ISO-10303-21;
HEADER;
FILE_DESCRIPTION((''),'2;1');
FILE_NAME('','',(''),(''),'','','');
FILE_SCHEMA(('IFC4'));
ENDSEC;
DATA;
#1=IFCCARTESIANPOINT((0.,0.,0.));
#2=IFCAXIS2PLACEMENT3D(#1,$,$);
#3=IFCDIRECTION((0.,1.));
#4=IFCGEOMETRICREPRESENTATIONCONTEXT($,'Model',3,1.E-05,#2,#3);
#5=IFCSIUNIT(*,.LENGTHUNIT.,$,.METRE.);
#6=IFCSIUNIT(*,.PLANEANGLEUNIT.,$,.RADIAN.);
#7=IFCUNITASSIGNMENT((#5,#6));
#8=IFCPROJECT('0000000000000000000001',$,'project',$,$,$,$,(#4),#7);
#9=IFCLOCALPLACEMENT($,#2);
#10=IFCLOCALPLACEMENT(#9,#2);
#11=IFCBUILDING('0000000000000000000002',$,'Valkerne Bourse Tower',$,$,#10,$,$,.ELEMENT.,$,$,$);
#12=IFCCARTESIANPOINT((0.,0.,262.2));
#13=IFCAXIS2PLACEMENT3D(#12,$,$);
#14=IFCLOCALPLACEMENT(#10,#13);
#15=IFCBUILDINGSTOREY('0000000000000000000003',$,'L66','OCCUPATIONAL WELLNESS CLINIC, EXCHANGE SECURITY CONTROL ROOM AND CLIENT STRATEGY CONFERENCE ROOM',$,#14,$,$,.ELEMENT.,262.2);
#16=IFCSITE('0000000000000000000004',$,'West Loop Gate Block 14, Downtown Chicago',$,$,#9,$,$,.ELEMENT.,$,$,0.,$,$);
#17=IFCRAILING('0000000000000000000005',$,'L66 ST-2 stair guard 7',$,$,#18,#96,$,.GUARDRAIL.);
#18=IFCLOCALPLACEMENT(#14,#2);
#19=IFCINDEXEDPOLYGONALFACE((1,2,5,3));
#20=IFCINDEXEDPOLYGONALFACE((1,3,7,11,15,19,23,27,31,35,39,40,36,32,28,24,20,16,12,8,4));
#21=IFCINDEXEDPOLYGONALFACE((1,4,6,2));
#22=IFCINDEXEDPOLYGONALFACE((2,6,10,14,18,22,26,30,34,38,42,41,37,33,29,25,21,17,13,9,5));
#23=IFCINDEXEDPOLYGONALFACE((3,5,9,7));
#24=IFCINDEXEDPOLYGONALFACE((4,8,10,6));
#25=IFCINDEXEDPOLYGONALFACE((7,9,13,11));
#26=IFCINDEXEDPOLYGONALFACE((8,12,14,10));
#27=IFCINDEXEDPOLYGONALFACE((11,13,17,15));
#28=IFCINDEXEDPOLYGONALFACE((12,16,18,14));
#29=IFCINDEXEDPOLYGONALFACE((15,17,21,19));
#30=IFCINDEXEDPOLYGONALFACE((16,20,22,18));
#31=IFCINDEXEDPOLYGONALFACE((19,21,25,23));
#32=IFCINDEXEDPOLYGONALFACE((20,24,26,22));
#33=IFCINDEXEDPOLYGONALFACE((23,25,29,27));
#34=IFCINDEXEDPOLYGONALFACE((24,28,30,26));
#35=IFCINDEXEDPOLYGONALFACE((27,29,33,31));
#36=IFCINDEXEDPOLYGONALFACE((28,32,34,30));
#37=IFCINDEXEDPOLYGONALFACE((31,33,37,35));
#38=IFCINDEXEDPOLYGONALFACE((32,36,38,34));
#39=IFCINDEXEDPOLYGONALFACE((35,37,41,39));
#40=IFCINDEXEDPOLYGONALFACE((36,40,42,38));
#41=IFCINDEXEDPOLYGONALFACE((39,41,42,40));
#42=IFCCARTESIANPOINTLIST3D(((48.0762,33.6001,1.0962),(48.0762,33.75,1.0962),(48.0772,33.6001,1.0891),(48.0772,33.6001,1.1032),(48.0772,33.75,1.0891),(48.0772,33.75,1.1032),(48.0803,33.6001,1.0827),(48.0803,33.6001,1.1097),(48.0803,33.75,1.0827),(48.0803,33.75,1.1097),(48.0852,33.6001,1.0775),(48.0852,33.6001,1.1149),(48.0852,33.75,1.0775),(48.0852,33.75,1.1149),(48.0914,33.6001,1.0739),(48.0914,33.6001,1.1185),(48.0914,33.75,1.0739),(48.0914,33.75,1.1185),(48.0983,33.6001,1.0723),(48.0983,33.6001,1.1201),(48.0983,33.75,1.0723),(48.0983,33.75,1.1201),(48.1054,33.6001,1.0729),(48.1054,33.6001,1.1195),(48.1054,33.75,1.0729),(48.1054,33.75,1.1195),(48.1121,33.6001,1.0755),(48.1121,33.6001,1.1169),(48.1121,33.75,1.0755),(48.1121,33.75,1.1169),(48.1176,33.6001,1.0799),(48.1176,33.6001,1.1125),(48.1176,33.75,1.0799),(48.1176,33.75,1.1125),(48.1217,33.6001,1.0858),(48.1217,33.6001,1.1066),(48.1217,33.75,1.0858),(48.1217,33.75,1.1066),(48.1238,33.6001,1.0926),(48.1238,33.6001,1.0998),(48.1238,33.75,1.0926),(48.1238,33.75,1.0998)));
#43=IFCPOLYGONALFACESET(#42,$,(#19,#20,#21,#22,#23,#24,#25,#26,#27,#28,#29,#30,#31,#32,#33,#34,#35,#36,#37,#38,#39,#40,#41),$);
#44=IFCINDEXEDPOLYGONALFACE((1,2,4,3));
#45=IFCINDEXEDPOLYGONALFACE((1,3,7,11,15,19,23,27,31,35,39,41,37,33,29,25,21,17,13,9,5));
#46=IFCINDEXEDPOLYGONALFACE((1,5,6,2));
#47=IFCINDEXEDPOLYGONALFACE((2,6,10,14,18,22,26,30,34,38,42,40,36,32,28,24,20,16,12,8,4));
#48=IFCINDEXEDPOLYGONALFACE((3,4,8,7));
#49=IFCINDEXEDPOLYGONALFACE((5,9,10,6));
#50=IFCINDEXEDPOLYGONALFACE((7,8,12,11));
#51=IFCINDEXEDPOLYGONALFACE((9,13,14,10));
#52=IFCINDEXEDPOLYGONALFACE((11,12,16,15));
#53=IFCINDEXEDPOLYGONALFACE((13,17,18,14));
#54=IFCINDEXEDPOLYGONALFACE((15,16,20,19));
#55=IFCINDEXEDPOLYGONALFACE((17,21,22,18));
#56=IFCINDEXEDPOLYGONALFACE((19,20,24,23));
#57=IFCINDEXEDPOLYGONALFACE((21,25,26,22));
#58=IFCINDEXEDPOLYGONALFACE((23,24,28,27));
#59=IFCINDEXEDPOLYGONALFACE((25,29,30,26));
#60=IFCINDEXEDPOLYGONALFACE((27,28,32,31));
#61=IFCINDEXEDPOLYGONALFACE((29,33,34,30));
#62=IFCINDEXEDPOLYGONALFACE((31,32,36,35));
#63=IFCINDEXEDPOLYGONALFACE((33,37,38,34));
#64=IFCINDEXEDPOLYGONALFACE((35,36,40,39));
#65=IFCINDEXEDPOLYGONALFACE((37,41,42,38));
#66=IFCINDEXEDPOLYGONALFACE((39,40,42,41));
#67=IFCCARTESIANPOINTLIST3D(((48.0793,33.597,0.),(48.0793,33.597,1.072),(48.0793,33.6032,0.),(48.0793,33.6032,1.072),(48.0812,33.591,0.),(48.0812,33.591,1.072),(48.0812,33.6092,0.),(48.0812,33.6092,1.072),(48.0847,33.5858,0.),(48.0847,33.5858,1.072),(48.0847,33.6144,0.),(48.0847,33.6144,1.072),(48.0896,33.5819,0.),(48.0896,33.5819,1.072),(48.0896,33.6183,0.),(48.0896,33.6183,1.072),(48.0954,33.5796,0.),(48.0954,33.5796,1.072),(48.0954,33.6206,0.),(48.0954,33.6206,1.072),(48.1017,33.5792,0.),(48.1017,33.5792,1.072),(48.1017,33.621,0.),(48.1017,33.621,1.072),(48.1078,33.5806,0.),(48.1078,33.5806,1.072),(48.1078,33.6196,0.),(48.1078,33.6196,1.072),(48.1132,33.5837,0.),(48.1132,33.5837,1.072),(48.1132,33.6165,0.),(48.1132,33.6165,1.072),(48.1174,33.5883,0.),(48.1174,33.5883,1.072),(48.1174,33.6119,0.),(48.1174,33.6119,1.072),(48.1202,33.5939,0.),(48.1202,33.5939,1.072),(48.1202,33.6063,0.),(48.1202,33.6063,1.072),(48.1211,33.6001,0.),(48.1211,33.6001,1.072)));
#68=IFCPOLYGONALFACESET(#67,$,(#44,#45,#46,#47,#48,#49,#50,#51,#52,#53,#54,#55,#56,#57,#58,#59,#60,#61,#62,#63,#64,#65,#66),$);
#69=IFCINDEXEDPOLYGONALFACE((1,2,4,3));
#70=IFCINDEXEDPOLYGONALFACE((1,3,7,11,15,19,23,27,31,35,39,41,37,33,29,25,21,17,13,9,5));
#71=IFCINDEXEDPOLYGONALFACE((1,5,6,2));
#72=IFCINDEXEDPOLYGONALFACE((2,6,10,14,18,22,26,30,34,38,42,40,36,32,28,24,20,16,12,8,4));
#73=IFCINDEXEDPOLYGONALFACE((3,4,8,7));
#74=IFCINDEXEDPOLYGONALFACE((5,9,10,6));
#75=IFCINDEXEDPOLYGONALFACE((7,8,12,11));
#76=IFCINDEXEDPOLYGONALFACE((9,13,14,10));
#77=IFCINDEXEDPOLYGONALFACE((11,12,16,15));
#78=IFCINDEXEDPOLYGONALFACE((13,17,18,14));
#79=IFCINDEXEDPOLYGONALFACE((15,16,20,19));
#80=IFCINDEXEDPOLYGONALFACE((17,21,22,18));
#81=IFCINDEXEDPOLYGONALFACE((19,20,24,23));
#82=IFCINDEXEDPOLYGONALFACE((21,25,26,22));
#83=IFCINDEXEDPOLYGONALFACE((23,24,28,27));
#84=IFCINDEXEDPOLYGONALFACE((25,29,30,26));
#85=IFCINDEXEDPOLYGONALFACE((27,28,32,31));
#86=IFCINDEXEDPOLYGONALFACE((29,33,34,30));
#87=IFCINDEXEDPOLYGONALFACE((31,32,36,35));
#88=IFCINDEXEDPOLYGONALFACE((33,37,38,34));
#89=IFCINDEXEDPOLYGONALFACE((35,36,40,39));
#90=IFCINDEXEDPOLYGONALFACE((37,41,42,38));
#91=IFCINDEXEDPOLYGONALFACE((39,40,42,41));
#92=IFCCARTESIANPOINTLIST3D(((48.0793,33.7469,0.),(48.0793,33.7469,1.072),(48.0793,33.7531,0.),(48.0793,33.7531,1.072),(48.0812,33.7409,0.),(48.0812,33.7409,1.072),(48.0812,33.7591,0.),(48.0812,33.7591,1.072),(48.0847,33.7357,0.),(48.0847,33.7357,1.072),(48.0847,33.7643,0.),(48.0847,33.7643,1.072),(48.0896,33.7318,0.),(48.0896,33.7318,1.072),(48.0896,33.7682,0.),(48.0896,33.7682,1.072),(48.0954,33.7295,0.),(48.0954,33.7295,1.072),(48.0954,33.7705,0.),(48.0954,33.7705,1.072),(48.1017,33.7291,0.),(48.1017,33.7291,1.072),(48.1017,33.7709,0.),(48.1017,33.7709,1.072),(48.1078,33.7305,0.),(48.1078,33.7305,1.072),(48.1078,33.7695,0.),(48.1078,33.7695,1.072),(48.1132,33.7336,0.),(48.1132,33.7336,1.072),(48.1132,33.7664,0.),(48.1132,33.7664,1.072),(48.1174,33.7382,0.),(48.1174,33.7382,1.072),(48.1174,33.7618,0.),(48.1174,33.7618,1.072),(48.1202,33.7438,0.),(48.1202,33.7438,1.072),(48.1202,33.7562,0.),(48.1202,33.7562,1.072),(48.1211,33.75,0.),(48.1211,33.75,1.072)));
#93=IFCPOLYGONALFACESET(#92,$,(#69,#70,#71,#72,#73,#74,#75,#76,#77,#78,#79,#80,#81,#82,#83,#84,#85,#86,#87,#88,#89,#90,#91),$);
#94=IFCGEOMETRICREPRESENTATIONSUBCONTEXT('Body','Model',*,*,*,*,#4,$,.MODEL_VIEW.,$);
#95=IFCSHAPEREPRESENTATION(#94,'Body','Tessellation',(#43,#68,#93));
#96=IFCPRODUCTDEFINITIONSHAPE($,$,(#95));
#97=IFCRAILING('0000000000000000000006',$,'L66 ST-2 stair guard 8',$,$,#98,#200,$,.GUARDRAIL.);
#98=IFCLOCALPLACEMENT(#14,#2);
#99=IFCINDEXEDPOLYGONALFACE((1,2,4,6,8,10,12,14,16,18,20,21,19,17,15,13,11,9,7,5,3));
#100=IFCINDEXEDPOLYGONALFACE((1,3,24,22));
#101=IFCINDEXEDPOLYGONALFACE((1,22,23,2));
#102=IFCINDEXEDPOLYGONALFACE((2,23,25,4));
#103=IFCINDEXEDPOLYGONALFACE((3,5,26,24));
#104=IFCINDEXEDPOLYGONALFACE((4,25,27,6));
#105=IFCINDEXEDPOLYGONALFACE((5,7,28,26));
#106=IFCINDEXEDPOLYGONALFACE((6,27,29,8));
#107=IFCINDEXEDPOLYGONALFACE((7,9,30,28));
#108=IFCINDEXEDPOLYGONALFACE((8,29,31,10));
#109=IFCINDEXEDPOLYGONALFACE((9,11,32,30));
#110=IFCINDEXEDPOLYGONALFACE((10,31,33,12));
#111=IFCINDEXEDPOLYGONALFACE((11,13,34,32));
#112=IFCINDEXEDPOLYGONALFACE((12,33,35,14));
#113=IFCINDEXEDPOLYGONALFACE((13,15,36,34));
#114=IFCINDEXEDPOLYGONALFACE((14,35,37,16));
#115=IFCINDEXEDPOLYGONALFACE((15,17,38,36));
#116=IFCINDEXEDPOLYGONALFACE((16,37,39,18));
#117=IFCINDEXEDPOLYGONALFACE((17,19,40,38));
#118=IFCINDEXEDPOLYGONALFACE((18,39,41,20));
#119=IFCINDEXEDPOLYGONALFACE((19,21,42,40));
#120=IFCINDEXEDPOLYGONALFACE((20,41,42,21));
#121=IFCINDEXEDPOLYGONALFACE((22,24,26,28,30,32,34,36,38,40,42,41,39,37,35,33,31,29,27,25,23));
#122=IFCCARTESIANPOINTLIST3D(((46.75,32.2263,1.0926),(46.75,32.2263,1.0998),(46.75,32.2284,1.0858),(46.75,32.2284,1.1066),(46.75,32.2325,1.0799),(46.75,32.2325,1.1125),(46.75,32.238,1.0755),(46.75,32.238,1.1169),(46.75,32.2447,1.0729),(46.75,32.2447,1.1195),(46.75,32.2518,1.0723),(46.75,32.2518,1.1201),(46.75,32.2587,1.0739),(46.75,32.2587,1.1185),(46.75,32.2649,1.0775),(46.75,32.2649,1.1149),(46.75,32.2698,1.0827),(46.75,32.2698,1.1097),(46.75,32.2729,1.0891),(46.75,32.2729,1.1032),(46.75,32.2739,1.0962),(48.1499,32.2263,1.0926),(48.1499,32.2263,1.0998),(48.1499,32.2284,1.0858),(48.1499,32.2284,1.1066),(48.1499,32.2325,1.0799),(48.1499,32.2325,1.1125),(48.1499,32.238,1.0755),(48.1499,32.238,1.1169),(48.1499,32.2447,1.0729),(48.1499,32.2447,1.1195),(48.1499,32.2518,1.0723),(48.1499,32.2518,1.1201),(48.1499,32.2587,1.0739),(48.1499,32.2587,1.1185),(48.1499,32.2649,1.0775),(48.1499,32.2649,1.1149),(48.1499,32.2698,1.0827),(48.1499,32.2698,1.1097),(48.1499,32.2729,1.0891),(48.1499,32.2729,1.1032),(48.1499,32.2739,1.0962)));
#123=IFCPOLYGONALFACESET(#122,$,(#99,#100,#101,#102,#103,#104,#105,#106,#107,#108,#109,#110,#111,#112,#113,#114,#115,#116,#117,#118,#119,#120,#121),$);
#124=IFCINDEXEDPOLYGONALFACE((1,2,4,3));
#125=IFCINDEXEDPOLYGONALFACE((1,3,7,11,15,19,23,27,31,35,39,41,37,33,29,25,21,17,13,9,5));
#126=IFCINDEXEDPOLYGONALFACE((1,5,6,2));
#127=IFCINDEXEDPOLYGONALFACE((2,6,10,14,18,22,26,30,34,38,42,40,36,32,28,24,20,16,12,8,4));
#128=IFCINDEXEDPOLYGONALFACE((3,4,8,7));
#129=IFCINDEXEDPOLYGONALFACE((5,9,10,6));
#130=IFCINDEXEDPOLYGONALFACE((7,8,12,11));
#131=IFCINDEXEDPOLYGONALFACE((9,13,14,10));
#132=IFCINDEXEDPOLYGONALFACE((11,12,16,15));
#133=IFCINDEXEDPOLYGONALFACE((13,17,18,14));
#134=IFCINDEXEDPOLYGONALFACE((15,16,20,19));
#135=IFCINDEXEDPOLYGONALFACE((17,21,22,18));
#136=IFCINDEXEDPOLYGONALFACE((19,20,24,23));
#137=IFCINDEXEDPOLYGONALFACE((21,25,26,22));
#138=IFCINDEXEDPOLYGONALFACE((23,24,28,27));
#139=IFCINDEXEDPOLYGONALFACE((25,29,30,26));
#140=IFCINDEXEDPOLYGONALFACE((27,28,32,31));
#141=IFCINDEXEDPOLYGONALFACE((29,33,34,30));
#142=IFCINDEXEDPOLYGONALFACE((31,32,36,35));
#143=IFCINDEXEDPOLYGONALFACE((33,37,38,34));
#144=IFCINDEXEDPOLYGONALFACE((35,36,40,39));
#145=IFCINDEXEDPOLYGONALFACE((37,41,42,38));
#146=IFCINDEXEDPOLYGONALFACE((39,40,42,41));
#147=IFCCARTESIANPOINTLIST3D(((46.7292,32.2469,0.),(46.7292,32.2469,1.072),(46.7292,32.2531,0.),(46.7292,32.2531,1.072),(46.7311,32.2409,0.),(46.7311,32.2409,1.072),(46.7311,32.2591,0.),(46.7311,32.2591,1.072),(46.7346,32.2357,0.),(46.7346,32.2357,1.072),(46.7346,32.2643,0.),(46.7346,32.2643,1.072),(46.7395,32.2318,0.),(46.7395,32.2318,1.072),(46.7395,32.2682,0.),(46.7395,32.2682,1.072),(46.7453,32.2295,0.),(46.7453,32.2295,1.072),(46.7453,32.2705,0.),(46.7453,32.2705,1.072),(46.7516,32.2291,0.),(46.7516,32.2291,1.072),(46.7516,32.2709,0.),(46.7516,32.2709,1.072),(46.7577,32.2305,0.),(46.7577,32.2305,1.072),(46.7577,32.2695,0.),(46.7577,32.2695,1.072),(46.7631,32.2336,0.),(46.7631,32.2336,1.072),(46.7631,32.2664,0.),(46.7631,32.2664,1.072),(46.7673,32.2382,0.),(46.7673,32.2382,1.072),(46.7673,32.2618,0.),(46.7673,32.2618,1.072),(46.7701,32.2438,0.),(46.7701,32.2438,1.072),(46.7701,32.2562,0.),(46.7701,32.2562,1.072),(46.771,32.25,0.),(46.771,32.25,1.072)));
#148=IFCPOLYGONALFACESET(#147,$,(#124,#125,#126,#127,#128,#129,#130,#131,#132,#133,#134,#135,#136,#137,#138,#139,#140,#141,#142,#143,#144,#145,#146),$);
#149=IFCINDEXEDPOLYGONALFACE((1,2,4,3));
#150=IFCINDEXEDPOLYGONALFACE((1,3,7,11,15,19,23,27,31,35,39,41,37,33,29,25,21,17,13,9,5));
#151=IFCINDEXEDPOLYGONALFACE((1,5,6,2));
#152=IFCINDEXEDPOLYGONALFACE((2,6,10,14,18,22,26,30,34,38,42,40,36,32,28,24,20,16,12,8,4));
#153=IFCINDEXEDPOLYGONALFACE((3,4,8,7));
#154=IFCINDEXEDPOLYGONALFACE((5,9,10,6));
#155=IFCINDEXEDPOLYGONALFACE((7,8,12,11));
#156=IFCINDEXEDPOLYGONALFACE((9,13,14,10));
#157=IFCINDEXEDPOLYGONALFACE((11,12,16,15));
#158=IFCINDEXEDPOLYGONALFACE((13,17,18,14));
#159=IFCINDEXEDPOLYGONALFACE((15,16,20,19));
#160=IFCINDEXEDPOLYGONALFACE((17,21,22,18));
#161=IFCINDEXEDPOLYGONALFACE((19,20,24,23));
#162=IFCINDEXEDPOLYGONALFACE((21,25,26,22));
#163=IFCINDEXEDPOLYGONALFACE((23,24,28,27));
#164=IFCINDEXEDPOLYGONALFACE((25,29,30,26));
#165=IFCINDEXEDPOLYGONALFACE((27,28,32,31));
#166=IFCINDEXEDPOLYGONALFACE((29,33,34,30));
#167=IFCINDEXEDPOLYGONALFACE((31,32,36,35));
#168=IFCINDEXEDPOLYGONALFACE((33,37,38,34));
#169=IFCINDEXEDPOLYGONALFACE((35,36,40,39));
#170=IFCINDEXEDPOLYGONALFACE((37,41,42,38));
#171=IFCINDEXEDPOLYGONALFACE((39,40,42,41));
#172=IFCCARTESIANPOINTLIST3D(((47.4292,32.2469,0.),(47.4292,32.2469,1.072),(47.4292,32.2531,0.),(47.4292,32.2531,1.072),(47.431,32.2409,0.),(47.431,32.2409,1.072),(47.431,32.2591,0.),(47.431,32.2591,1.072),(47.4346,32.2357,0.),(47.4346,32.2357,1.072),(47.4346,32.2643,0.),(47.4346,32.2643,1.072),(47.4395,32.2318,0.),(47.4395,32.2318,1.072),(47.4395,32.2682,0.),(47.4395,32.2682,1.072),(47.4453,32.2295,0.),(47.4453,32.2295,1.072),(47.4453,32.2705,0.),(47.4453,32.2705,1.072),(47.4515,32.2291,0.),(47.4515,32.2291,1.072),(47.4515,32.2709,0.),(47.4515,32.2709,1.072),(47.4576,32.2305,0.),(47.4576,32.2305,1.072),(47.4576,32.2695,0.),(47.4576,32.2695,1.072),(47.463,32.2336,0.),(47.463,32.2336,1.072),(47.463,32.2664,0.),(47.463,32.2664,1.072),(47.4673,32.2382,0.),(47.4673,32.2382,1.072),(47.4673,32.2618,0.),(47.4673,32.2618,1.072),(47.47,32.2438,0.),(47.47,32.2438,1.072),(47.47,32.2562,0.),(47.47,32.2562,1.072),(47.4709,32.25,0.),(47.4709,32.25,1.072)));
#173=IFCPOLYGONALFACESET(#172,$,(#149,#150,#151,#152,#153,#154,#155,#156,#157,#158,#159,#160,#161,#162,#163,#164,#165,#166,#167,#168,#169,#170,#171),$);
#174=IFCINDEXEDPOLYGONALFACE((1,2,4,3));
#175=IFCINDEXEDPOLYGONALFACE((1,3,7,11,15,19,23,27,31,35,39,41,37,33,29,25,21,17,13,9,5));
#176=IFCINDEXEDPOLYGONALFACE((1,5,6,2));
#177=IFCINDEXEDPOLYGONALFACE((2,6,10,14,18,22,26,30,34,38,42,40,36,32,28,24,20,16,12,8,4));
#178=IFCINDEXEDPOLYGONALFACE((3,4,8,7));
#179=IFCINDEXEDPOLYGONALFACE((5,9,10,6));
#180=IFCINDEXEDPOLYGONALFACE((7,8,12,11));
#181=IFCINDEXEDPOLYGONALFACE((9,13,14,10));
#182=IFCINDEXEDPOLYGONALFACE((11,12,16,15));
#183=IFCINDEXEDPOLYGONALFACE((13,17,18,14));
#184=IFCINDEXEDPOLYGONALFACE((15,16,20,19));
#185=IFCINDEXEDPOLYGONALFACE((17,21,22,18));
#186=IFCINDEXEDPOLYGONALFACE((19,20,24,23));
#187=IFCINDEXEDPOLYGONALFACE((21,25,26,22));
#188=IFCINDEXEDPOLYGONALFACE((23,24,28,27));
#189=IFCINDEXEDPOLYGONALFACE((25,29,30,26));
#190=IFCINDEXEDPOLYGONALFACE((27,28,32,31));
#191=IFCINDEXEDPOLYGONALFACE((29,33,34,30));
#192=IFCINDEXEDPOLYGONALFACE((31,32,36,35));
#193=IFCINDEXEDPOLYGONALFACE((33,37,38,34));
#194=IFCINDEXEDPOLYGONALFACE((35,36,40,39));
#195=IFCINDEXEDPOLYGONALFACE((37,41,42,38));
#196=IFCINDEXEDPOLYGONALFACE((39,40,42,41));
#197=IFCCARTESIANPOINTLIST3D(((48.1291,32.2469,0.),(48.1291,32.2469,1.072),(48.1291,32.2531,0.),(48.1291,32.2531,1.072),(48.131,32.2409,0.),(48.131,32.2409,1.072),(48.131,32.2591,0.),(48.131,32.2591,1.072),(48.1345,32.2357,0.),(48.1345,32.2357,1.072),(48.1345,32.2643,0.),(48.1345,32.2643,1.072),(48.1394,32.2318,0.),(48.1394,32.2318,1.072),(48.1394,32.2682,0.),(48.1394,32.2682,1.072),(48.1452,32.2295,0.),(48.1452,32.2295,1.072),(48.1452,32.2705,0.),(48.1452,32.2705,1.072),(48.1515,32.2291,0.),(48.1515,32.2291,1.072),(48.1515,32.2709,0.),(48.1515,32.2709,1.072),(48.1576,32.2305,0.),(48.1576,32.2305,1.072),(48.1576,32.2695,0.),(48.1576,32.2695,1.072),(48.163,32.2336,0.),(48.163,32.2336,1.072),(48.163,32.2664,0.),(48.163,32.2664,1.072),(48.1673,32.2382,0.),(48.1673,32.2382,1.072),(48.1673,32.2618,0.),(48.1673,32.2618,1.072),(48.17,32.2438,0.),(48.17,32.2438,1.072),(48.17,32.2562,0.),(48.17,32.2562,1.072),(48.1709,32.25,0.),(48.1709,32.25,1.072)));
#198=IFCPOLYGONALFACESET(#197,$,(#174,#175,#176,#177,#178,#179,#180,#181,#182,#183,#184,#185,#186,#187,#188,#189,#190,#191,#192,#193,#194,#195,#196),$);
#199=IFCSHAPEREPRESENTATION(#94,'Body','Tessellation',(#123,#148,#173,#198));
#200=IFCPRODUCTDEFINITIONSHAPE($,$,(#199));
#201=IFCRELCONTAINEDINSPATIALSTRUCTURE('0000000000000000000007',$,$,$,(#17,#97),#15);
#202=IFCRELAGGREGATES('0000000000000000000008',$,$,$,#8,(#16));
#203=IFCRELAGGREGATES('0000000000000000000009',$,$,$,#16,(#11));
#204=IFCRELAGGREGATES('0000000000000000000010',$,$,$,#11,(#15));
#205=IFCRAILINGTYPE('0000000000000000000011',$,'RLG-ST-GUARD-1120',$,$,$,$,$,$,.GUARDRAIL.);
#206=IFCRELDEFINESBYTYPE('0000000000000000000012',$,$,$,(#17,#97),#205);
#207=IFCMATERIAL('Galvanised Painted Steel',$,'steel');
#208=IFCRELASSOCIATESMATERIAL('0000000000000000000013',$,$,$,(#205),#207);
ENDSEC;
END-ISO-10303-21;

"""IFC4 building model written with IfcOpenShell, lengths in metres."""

from ifc_helpers import new_model, si_unit, direction, frame, origin, origin_2d, place, context, subcontext, project, spatial, circle, extrude, material, type_object, element, save


model = new_model("IFC4")

# Units and contexts
model_context = context("Model", 3, precision=1e-05, world=origin(), true_north=direction((0.0, 1.0)))
body_context = subcontext(model_context, "Body", "Model", "MODEL_VIEW")
ifc_project = project(units=[si_unit("LENGTHUNIT", "METRE"), si_unit("PLANEANGLEUNIT", "RADIAN")], contexts=[model_context])

# Site, building, storey
site_placement = place(None, origin())
site = spatial("IfcSite", under=ifc_project, at=site_placement, Name="West Loop Gate Block 14, Downtown Chicago", CompositionType="ELEMENT", RefElevation=0.0)
building_placement = place(site_placement, origin())
building = spatial("IfcBuilding", under=site, at=building_placement, Name="Valkerne Bourse Tower", CompositionType="ELEMENT")
storey_placement = place(building_placement, frame((0.0, 0.0, 262.2)))
storey = spatial("IfcBuildingStorey", under=building, at=storey_placement, Name="L66", Description="OCCUPATIONAL WELLNESS CLINIC, EXCHANGE SECURITY CONTROL ROOM AND CLIENT STRATEGY CONFERENCE ROOM", CompositionType="ELEMENT", Elevation=262.2)

# Shared definitions
ifc_material_1 = material(Name="Galvanised Painted Steel", Category="steel")

# Railings
railing_type_1 = type_object("IfcRailingType", Name="RLG-ST-GUARD-1120", PredefinedType="GUARDRAIL", material=ifc_material_1)
railing_1_placement = place(storey_placement, frame((48.1001, 33.6001, 0.0)))
element("IfcRailing", 1, at=railing_1_placement, inside=storey, type_object=railing_type_1, Name="L66 ST-2 stair guard 7", PredefinedType="GUARDRAIL", context=body_context, shape_type="SweptSolid", body=[
    extrude(circle(Radius=0.0239, at=origin_2d()), frame((0.0, 0.0, 1.0962), z_axis=(0.0, 1.0, 0.0), x_axis=(-1.0, 0.0, 0.0)), (0.0, 0.0, 1.0), 0.1499),
    extrude(circle(Radius=0.021, at=origin_2d()), origin(), (0.0, 0.0, 1.0), 1.072),
    extrude(circle(Radius=0.021, at=origin_2d()), frame((0.0, 0.1499, 0.0)), (0.0, 0.0, 1.0), 1.072),
])
for number, where, name in (
    (2, (46.75, 32.25, 0.0), "L66 ST-2 stair guard 8"),
):
    element("IfcRailing", number, at=place(storey_placement, frame(where)), inside=storey, type_object=railing_type_1, Name=name, PredefinedType="GUARDRAIL", context=body_context, shape_type="SweptSolid", body=[
        extrude(circle(Radius=0.0239, at=origin_2d()), frame((0.0, 0.0, 1.0962), z_axis=(1.0, 0.0, 0.0), x_axis=(0.0, 1.0, 0.0)), (0.0, 0.0, 1.0), 1.3999),
        extrude(circle(Radius=0.021, at=origin_2d()), origin(), (0.0, 0.0, 1.0), 1.072),
        extrude(circle(Radius=0.021, at=origin_2d()), frame((0.7, 0.0, 0.0)), (0.0, 0.0, 1.0), 1.072),
        extrude(circle(Radius=0.021, at=origin_2d()), frame((1.3999, 0.0, 0.0)), (0.0, 0.0, 1.0), 1.072),
    ])

save(model, "model.ifc")
